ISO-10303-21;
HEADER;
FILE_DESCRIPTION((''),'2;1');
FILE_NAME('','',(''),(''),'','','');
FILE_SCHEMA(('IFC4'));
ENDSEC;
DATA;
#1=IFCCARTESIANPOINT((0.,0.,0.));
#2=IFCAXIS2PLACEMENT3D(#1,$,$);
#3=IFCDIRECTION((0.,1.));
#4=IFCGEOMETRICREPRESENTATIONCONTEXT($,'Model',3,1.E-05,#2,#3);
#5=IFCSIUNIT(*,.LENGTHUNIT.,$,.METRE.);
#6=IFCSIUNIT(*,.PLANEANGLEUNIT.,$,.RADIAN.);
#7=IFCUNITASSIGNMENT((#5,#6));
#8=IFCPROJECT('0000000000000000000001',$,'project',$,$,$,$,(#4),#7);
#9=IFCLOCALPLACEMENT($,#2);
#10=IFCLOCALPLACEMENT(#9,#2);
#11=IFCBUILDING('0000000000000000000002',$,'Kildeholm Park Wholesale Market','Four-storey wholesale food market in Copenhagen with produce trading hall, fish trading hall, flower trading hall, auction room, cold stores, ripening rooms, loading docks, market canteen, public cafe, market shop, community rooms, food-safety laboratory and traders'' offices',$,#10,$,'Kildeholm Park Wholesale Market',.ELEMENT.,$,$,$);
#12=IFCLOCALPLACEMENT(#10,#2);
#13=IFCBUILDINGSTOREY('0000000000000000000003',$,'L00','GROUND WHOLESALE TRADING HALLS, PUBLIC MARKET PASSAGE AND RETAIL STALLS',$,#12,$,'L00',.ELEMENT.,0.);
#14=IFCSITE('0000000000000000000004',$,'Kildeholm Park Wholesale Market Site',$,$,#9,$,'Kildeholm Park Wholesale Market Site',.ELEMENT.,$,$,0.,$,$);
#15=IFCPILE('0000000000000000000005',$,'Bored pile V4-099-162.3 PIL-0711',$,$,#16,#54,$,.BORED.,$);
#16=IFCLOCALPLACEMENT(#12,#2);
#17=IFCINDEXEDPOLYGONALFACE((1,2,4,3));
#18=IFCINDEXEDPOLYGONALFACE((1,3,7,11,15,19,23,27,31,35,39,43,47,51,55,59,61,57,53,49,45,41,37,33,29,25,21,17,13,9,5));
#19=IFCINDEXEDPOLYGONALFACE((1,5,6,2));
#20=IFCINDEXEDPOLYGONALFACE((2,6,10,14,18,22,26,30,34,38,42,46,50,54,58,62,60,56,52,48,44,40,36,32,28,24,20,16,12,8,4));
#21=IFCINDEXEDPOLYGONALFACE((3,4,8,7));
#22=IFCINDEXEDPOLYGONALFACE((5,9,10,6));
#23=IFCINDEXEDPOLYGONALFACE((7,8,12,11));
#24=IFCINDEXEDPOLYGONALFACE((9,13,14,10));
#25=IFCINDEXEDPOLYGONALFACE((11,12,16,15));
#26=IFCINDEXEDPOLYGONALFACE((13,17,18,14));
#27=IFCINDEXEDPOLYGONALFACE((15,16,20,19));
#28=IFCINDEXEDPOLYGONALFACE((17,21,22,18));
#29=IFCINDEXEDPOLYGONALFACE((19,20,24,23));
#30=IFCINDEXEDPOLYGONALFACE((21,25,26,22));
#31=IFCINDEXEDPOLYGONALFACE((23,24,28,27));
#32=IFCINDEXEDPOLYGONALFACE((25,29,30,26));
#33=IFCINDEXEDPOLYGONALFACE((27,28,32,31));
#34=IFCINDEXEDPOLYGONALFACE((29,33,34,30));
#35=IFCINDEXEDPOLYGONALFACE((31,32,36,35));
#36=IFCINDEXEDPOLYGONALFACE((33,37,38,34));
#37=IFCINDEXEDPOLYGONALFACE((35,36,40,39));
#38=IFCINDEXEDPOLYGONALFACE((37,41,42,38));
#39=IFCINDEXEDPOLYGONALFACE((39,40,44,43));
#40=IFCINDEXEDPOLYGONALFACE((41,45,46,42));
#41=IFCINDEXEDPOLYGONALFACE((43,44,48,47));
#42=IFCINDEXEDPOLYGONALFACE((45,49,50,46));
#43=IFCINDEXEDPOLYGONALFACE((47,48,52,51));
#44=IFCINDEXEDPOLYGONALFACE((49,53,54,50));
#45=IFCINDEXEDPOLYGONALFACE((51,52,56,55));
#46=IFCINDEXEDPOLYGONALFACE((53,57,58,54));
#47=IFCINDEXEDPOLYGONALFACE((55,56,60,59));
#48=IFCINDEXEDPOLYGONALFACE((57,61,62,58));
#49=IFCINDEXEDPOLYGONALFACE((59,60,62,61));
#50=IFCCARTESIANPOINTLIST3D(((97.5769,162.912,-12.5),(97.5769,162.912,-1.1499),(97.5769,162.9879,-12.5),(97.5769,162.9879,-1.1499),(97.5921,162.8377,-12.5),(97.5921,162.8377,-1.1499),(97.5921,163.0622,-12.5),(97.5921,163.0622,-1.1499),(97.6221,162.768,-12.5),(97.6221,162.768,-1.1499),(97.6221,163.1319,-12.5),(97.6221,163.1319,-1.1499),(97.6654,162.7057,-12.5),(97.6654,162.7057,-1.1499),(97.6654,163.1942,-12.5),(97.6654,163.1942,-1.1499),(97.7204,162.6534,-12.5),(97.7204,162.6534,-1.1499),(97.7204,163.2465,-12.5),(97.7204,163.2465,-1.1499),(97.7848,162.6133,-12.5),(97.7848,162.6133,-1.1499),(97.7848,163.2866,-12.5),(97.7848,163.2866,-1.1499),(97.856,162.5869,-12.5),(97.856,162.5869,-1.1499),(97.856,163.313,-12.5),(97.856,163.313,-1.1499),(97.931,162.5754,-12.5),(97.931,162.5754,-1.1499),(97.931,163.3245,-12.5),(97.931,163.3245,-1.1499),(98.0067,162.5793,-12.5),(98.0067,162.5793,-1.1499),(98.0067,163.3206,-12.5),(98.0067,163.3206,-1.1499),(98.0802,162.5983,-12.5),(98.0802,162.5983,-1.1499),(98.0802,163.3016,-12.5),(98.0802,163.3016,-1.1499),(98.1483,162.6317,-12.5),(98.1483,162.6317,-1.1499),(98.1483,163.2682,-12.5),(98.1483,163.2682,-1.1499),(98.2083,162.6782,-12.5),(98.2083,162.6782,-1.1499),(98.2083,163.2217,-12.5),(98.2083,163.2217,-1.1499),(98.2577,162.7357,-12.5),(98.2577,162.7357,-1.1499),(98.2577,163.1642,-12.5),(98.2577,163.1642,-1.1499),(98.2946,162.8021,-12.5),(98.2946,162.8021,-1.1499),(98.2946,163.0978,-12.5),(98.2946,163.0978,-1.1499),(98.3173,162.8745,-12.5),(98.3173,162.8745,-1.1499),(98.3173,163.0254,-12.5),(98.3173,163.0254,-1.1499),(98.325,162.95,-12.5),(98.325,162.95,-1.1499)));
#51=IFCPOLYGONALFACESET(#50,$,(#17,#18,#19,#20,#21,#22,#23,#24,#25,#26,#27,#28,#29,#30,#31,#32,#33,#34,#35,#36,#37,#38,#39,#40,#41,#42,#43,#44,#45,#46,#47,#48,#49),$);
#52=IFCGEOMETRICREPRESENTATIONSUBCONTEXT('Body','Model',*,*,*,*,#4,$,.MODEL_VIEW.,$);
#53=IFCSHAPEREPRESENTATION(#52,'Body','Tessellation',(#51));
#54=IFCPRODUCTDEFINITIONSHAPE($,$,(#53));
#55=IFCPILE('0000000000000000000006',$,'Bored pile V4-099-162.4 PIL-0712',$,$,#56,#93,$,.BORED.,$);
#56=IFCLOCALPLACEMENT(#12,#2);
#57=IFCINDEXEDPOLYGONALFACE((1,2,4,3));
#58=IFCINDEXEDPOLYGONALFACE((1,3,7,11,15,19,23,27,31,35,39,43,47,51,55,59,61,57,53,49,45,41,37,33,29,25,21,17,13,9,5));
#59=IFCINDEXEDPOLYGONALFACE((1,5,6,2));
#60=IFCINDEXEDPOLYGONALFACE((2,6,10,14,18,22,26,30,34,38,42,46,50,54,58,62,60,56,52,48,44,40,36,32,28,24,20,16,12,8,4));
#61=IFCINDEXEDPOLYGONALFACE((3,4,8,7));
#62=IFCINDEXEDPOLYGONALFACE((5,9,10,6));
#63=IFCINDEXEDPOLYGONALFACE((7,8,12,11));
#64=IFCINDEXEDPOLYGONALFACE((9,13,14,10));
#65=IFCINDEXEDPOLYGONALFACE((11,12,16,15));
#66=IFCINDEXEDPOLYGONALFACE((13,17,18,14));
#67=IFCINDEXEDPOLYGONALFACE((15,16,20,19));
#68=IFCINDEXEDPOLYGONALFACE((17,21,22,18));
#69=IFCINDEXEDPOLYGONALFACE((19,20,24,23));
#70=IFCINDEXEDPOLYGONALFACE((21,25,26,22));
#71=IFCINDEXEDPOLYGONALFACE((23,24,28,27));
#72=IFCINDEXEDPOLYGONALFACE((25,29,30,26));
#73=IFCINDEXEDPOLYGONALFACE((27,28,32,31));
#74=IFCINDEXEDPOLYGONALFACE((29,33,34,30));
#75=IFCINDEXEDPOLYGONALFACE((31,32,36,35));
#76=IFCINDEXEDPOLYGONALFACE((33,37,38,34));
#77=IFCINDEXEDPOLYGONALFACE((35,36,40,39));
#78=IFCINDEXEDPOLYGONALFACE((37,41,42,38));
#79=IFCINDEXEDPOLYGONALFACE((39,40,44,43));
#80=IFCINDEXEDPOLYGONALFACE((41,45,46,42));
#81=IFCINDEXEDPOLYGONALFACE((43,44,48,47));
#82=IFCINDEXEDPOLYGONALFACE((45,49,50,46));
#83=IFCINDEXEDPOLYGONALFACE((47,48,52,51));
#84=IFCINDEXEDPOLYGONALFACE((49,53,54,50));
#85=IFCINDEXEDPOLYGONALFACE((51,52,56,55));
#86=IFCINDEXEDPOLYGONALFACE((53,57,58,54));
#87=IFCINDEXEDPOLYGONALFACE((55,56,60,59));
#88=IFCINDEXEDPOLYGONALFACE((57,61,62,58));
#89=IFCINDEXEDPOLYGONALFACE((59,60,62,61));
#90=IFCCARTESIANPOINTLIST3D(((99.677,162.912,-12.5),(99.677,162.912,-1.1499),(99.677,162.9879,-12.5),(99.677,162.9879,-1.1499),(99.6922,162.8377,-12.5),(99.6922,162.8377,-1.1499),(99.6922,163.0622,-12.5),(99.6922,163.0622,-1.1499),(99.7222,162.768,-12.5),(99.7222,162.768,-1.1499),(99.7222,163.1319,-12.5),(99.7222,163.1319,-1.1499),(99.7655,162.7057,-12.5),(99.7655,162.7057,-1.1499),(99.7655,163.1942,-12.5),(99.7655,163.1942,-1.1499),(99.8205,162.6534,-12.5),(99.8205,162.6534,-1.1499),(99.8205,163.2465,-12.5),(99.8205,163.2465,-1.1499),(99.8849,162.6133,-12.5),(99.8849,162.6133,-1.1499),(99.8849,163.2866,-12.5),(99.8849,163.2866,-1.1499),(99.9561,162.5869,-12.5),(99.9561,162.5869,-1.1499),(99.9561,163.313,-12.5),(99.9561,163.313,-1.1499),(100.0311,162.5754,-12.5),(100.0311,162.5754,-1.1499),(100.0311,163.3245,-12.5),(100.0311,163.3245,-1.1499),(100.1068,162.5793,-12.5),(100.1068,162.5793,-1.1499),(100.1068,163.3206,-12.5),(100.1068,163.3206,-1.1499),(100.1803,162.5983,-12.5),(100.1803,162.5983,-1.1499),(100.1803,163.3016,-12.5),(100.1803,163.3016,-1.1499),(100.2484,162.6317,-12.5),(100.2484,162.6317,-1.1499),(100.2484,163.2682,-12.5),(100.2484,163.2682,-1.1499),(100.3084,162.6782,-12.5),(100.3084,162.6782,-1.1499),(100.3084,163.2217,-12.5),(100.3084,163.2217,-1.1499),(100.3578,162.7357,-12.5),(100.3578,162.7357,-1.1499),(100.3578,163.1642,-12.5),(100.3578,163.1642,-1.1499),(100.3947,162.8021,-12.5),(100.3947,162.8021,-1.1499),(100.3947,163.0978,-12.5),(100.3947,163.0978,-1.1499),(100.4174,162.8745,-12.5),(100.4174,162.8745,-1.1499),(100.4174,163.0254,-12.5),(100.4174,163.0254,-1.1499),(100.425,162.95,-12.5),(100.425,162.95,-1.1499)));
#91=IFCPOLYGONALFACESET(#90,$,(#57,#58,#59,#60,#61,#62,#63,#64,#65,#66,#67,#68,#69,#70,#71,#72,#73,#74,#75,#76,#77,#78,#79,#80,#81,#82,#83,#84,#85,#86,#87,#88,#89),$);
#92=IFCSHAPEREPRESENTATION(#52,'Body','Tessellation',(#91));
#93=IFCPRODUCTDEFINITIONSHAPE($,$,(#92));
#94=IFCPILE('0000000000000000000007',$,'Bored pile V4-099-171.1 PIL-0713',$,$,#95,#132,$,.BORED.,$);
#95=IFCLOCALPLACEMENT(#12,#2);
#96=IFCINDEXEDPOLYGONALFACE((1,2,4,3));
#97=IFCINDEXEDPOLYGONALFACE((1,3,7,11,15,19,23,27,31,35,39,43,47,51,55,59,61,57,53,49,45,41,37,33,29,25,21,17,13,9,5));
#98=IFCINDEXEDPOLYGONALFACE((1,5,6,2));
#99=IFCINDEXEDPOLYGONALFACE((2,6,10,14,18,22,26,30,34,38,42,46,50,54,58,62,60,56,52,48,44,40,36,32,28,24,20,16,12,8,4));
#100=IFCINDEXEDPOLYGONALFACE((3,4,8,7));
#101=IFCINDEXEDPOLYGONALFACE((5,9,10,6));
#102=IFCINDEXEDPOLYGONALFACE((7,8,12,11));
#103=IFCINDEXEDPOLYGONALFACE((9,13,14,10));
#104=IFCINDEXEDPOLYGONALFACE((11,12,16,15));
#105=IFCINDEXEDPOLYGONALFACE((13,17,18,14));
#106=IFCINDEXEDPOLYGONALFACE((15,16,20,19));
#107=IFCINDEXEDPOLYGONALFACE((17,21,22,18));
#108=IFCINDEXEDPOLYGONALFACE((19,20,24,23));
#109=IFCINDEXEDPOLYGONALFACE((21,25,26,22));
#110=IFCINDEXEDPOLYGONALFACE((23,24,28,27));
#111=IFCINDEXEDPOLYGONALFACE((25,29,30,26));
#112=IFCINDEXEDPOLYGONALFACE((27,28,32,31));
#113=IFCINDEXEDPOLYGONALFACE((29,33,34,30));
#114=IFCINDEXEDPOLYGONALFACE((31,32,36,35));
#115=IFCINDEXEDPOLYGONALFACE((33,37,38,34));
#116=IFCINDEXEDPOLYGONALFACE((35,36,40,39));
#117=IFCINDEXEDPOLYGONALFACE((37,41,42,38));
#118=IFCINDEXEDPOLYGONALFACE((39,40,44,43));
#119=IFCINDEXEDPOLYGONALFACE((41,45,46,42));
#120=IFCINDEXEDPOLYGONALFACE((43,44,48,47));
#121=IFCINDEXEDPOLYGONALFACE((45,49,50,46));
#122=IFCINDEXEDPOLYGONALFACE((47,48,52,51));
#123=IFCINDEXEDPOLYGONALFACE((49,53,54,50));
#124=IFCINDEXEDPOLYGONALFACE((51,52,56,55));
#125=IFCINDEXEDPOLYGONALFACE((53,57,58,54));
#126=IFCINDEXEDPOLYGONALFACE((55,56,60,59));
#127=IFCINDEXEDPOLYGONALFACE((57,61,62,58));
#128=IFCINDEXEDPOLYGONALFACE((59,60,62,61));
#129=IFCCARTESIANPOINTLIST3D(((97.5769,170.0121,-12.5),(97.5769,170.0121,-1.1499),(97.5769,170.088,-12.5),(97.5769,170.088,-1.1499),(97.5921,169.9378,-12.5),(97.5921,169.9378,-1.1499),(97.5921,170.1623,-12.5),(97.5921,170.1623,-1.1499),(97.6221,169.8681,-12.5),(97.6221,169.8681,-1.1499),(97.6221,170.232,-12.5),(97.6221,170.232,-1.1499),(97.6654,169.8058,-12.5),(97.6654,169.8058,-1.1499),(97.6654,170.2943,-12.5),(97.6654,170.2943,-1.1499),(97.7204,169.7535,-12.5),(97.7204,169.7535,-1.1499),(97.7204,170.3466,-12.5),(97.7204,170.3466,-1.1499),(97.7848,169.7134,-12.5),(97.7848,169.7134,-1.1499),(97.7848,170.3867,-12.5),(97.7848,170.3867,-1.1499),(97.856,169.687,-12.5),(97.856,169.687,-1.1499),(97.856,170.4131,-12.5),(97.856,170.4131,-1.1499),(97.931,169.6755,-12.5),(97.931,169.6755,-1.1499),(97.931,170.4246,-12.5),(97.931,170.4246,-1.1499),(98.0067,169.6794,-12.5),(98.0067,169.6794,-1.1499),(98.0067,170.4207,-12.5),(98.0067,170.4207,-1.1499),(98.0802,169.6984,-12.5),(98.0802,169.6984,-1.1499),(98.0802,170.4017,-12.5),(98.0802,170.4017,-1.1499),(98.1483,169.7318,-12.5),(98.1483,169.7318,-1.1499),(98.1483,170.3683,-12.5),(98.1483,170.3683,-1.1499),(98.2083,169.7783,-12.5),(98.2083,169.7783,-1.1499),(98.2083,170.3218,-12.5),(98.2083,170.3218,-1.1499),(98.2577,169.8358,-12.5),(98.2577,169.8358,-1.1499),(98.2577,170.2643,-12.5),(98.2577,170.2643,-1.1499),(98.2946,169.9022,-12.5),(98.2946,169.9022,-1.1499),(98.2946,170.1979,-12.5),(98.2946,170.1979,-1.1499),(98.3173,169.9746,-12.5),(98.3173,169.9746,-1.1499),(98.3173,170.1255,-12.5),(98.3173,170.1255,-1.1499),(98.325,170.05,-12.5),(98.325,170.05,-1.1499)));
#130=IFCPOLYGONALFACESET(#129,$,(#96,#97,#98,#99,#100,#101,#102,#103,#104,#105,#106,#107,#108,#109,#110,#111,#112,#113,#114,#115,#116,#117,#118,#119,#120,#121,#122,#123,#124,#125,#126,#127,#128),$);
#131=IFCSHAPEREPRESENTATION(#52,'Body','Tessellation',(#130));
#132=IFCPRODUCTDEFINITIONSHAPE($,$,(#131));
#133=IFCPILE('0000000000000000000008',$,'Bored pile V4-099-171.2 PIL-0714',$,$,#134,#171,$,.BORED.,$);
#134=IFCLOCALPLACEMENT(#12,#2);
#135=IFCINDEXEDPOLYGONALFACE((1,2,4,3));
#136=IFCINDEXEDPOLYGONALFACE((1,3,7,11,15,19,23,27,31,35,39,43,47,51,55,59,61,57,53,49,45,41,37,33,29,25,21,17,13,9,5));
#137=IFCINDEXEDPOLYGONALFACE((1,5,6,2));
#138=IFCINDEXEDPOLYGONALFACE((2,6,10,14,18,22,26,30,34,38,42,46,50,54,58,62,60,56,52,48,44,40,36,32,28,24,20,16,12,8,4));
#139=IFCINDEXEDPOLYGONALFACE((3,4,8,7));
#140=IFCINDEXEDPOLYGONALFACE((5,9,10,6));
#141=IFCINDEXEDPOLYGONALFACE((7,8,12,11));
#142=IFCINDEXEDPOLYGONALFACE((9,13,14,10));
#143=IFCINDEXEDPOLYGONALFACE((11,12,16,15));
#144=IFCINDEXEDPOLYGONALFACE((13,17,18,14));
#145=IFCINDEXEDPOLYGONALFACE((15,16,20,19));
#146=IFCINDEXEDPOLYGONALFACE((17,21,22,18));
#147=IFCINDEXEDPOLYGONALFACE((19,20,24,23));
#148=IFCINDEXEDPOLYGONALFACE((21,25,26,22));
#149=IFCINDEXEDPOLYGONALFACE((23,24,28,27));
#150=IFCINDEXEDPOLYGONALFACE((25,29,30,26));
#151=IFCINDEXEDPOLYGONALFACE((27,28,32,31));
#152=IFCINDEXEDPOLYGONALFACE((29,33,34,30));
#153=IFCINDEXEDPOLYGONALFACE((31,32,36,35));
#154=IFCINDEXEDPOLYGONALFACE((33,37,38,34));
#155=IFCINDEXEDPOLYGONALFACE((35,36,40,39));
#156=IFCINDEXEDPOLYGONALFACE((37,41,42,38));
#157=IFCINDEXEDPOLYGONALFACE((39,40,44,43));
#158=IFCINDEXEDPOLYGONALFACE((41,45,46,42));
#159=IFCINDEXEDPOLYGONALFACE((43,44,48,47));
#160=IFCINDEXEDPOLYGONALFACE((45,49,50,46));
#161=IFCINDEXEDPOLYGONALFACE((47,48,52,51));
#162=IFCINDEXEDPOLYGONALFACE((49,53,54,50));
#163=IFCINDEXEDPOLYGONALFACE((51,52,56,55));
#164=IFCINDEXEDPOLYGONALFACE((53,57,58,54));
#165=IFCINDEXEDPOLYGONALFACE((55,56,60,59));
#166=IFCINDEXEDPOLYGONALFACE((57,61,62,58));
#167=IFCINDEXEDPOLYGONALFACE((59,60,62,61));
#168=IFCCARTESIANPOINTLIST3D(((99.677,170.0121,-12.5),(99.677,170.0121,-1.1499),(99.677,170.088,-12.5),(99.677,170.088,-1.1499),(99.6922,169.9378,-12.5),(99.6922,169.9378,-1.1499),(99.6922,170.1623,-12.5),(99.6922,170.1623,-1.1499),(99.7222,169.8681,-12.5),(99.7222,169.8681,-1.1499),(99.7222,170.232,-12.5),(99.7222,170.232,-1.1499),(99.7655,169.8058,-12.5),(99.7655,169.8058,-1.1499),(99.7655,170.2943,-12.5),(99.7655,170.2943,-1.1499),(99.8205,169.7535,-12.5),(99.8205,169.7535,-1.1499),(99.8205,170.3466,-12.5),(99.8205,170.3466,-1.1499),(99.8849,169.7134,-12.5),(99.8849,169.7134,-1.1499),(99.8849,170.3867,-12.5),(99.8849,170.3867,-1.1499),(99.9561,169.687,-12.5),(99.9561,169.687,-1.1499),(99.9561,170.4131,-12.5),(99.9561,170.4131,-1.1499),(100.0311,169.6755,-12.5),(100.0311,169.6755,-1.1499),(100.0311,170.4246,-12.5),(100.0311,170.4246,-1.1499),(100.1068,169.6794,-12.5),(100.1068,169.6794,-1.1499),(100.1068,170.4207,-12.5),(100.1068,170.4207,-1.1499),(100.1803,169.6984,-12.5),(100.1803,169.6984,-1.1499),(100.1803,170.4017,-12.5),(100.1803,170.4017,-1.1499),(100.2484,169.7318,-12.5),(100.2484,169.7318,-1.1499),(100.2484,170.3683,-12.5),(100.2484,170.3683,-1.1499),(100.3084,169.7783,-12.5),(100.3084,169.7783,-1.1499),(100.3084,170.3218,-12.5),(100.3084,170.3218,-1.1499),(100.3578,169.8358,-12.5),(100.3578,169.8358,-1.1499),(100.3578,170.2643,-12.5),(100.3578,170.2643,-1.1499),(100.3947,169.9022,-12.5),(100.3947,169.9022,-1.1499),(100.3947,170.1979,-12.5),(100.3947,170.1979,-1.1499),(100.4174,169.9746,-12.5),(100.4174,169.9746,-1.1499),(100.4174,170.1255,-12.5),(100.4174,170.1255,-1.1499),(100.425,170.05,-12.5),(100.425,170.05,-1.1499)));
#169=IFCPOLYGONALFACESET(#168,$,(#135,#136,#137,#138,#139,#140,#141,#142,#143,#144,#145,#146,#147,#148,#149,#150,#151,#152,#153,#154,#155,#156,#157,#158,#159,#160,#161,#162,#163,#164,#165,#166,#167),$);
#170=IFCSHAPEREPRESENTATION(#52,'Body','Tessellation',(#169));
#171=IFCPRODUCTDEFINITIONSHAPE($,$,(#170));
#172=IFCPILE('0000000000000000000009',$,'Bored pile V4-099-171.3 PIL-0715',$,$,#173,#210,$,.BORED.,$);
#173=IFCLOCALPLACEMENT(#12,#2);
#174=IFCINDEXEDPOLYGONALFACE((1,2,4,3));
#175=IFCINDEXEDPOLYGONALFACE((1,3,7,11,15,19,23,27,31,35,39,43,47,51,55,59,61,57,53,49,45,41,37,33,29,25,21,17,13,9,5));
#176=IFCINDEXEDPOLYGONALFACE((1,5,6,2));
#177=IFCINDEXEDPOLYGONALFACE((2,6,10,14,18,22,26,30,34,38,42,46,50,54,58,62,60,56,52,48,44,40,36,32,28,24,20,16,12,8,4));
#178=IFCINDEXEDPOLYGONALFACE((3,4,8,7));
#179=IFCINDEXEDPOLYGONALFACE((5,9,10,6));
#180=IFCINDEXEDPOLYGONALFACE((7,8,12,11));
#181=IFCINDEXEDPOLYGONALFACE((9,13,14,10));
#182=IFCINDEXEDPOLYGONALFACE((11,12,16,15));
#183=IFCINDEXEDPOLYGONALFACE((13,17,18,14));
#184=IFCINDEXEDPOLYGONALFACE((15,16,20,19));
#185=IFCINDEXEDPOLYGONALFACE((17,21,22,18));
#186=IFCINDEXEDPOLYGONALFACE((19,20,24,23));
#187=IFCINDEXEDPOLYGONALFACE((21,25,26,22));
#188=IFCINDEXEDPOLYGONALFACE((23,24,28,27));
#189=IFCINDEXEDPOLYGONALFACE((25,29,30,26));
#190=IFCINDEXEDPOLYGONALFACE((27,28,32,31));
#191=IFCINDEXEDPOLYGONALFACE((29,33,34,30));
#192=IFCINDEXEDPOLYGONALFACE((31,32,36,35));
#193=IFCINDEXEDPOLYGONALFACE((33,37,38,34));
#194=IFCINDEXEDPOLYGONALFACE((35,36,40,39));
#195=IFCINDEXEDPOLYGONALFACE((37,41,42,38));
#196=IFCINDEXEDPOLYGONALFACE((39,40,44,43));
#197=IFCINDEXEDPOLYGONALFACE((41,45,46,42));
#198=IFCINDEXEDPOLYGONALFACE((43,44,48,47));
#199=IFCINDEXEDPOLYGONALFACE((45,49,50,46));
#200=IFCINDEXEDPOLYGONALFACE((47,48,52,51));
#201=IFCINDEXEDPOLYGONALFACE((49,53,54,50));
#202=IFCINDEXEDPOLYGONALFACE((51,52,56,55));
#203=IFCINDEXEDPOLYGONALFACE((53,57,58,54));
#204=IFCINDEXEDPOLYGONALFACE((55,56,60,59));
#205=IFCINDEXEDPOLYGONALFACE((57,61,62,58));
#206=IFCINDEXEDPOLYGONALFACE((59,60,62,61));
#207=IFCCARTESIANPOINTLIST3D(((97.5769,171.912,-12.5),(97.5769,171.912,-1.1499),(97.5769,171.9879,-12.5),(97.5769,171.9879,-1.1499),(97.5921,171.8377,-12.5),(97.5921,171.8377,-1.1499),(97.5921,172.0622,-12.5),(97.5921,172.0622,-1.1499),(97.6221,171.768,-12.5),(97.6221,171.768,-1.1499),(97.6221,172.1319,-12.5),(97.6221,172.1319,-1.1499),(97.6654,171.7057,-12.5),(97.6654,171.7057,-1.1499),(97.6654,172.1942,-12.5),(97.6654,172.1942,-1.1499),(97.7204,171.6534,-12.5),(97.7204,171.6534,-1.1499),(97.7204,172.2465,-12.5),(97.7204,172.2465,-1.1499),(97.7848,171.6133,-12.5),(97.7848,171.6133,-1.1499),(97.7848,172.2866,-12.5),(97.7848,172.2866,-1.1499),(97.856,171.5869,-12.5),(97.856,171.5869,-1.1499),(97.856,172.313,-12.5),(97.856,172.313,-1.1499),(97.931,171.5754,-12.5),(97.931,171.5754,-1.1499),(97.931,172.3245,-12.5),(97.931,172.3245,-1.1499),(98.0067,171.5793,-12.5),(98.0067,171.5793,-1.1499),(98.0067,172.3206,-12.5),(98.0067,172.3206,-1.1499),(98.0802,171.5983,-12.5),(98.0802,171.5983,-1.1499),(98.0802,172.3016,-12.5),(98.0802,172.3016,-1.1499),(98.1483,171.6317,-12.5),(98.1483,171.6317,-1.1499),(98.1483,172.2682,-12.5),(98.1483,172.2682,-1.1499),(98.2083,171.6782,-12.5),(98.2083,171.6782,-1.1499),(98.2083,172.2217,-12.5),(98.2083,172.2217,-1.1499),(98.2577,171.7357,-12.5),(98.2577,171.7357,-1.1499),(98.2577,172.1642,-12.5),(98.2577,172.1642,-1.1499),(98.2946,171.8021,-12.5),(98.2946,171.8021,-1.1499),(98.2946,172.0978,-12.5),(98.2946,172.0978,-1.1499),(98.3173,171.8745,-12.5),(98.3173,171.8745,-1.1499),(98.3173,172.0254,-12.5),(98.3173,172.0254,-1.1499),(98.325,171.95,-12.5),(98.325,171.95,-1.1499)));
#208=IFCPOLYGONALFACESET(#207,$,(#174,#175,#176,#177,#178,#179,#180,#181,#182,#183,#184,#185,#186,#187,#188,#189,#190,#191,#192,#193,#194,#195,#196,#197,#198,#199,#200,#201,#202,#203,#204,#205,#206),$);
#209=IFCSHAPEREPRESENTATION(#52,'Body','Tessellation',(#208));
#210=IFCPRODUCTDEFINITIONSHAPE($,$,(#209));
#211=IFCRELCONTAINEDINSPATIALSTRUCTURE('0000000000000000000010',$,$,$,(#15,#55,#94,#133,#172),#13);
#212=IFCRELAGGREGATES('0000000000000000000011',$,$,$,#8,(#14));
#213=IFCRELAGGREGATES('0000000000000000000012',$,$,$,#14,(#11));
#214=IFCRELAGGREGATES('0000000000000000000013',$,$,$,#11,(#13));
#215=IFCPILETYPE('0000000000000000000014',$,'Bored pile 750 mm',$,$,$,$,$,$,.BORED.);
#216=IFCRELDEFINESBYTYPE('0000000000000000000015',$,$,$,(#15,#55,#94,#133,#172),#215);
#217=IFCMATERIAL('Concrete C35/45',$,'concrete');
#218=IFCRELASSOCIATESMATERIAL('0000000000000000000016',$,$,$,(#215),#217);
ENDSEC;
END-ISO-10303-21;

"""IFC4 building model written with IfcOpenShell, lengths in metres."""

from ifc_helpers import new_model, si_unit, direction, frame, origin, origin_2d, place, context, subcontext, project, spatial, circle, extrude, material, material_profile, profile_set, type_object, element, save


model = new_model("IFC4")

# Units and contexts
model_context = context("Model", 3, precision=1e-05, world=origin(), true_north=direction((0.0, 1.0)))
body_context = subcontext(model_context, "Body", "Model", "MODEL_VIEW")
ifc_project = project(units=[si_unit("LENGTHUNIT", "METRE"), si_unit("PLANEANGLEUNIT", "RADIAN")], contexts=[model_context])

# Site, building, storey
site_placement = place(None, origin())
site = spatial("IfcSite", under=ifc_project, at=site_placement, Name="Kildeholm Park Wholesale Market Site", LongName="Kildeholm Park Wholesale Market Site", CompositionType="ELEMENT", RefElevation=0.0)
building_placement = place(site_placement, origin())
building = spatial("IfcBuilding", under=site, at=building_placement, Name="Kildeholm Park Wholesale Market", Description="Four-storey wholesale food market in Copenhagen with produce trading hall, fish trading hall, flower trading hall, auction room, cold stores, ripening rooms, loading docks, market canteen, public cafe, market shop, community rooms, food-safety laboratory and traders' offices", LongName="Kildeholm Park Wholesale Market", CompositionType="ELEMENT")
storey_placement = place(building_placement, origin())
storey = spatial("IfcBuildingStorey", under=building, at=storey_placement, Name="L00", Description="GROUND WHOLESALE TRADING HALLS, PUBLIC MARKET PASSAGE AND RETAIL STALLS", LongName="L00", CompositionType="ELEMENT", Elevation=0.0)

# Piles
ifc_material_1 = material(Name="Concrete C35/45", Category="concrete")
ifc_material_profile_1 = material_profile(ifc_material_1, circle(Radius=0.375, at=origin_2d()), Name="PILE D750")
ifc_profile_set_1 = profile_set([ifc_material_profile_1], Name="Concrete C35/45")
pile_type = type_object("IfcPileType", Name="Bored pile 750 mm", PredefinedType="BORED", material=ifc_profile_set_1)
for number, where, z_axis, x_axis, name in (
    (1, (97.95, 162.95, -1.1499), (0.0, 0.0, -1.0), (1.0, 0.0, 0.0), "Bored pile V4-099-162.3 PIL-0711"),
    (2, (100.05, 162.95, -1.1499), (0.0, 0.0, -1.0), (1.0, 0.0, 0.0), "Bored pile V4-099-162.4 PIL-0712"),
    (3, (97.95, 170.05, -1.1499), (0.0, 0.0, -1.0), (1.0, 0.0, 0.0), "Bored pile V4-099-171.1 PIL-0713"),
    (4, (100.05, 170.05, -1.1499), (0.0, 0.0, -1.0), (1.0, 0.0, 0.0), "Bored pile V4-099-171.2 PIL-0714"),
    (5, (97.95, 171.95, -1.1499), (0.0, 0.0, -1.0), (1.0, 0.0, 0.0), "Bored pile V4-099-171.3 PIL-0715"),
):
    element("IfcPile", number, at=place(storey_placement, frame(where, z_axis=z_axis, x_axis=x_axis)), inside=storey, type_object=pile_type, Name=name, PredefinedType="BORED", context=body_context, shape_type="SweptSolid", body=[
        extrude(circle(Radius=0.375, at=origin_2d()), origin(), (0.0, 0.0, 1.0), 11.3501),
    ])

save(model, "model.ifc")
